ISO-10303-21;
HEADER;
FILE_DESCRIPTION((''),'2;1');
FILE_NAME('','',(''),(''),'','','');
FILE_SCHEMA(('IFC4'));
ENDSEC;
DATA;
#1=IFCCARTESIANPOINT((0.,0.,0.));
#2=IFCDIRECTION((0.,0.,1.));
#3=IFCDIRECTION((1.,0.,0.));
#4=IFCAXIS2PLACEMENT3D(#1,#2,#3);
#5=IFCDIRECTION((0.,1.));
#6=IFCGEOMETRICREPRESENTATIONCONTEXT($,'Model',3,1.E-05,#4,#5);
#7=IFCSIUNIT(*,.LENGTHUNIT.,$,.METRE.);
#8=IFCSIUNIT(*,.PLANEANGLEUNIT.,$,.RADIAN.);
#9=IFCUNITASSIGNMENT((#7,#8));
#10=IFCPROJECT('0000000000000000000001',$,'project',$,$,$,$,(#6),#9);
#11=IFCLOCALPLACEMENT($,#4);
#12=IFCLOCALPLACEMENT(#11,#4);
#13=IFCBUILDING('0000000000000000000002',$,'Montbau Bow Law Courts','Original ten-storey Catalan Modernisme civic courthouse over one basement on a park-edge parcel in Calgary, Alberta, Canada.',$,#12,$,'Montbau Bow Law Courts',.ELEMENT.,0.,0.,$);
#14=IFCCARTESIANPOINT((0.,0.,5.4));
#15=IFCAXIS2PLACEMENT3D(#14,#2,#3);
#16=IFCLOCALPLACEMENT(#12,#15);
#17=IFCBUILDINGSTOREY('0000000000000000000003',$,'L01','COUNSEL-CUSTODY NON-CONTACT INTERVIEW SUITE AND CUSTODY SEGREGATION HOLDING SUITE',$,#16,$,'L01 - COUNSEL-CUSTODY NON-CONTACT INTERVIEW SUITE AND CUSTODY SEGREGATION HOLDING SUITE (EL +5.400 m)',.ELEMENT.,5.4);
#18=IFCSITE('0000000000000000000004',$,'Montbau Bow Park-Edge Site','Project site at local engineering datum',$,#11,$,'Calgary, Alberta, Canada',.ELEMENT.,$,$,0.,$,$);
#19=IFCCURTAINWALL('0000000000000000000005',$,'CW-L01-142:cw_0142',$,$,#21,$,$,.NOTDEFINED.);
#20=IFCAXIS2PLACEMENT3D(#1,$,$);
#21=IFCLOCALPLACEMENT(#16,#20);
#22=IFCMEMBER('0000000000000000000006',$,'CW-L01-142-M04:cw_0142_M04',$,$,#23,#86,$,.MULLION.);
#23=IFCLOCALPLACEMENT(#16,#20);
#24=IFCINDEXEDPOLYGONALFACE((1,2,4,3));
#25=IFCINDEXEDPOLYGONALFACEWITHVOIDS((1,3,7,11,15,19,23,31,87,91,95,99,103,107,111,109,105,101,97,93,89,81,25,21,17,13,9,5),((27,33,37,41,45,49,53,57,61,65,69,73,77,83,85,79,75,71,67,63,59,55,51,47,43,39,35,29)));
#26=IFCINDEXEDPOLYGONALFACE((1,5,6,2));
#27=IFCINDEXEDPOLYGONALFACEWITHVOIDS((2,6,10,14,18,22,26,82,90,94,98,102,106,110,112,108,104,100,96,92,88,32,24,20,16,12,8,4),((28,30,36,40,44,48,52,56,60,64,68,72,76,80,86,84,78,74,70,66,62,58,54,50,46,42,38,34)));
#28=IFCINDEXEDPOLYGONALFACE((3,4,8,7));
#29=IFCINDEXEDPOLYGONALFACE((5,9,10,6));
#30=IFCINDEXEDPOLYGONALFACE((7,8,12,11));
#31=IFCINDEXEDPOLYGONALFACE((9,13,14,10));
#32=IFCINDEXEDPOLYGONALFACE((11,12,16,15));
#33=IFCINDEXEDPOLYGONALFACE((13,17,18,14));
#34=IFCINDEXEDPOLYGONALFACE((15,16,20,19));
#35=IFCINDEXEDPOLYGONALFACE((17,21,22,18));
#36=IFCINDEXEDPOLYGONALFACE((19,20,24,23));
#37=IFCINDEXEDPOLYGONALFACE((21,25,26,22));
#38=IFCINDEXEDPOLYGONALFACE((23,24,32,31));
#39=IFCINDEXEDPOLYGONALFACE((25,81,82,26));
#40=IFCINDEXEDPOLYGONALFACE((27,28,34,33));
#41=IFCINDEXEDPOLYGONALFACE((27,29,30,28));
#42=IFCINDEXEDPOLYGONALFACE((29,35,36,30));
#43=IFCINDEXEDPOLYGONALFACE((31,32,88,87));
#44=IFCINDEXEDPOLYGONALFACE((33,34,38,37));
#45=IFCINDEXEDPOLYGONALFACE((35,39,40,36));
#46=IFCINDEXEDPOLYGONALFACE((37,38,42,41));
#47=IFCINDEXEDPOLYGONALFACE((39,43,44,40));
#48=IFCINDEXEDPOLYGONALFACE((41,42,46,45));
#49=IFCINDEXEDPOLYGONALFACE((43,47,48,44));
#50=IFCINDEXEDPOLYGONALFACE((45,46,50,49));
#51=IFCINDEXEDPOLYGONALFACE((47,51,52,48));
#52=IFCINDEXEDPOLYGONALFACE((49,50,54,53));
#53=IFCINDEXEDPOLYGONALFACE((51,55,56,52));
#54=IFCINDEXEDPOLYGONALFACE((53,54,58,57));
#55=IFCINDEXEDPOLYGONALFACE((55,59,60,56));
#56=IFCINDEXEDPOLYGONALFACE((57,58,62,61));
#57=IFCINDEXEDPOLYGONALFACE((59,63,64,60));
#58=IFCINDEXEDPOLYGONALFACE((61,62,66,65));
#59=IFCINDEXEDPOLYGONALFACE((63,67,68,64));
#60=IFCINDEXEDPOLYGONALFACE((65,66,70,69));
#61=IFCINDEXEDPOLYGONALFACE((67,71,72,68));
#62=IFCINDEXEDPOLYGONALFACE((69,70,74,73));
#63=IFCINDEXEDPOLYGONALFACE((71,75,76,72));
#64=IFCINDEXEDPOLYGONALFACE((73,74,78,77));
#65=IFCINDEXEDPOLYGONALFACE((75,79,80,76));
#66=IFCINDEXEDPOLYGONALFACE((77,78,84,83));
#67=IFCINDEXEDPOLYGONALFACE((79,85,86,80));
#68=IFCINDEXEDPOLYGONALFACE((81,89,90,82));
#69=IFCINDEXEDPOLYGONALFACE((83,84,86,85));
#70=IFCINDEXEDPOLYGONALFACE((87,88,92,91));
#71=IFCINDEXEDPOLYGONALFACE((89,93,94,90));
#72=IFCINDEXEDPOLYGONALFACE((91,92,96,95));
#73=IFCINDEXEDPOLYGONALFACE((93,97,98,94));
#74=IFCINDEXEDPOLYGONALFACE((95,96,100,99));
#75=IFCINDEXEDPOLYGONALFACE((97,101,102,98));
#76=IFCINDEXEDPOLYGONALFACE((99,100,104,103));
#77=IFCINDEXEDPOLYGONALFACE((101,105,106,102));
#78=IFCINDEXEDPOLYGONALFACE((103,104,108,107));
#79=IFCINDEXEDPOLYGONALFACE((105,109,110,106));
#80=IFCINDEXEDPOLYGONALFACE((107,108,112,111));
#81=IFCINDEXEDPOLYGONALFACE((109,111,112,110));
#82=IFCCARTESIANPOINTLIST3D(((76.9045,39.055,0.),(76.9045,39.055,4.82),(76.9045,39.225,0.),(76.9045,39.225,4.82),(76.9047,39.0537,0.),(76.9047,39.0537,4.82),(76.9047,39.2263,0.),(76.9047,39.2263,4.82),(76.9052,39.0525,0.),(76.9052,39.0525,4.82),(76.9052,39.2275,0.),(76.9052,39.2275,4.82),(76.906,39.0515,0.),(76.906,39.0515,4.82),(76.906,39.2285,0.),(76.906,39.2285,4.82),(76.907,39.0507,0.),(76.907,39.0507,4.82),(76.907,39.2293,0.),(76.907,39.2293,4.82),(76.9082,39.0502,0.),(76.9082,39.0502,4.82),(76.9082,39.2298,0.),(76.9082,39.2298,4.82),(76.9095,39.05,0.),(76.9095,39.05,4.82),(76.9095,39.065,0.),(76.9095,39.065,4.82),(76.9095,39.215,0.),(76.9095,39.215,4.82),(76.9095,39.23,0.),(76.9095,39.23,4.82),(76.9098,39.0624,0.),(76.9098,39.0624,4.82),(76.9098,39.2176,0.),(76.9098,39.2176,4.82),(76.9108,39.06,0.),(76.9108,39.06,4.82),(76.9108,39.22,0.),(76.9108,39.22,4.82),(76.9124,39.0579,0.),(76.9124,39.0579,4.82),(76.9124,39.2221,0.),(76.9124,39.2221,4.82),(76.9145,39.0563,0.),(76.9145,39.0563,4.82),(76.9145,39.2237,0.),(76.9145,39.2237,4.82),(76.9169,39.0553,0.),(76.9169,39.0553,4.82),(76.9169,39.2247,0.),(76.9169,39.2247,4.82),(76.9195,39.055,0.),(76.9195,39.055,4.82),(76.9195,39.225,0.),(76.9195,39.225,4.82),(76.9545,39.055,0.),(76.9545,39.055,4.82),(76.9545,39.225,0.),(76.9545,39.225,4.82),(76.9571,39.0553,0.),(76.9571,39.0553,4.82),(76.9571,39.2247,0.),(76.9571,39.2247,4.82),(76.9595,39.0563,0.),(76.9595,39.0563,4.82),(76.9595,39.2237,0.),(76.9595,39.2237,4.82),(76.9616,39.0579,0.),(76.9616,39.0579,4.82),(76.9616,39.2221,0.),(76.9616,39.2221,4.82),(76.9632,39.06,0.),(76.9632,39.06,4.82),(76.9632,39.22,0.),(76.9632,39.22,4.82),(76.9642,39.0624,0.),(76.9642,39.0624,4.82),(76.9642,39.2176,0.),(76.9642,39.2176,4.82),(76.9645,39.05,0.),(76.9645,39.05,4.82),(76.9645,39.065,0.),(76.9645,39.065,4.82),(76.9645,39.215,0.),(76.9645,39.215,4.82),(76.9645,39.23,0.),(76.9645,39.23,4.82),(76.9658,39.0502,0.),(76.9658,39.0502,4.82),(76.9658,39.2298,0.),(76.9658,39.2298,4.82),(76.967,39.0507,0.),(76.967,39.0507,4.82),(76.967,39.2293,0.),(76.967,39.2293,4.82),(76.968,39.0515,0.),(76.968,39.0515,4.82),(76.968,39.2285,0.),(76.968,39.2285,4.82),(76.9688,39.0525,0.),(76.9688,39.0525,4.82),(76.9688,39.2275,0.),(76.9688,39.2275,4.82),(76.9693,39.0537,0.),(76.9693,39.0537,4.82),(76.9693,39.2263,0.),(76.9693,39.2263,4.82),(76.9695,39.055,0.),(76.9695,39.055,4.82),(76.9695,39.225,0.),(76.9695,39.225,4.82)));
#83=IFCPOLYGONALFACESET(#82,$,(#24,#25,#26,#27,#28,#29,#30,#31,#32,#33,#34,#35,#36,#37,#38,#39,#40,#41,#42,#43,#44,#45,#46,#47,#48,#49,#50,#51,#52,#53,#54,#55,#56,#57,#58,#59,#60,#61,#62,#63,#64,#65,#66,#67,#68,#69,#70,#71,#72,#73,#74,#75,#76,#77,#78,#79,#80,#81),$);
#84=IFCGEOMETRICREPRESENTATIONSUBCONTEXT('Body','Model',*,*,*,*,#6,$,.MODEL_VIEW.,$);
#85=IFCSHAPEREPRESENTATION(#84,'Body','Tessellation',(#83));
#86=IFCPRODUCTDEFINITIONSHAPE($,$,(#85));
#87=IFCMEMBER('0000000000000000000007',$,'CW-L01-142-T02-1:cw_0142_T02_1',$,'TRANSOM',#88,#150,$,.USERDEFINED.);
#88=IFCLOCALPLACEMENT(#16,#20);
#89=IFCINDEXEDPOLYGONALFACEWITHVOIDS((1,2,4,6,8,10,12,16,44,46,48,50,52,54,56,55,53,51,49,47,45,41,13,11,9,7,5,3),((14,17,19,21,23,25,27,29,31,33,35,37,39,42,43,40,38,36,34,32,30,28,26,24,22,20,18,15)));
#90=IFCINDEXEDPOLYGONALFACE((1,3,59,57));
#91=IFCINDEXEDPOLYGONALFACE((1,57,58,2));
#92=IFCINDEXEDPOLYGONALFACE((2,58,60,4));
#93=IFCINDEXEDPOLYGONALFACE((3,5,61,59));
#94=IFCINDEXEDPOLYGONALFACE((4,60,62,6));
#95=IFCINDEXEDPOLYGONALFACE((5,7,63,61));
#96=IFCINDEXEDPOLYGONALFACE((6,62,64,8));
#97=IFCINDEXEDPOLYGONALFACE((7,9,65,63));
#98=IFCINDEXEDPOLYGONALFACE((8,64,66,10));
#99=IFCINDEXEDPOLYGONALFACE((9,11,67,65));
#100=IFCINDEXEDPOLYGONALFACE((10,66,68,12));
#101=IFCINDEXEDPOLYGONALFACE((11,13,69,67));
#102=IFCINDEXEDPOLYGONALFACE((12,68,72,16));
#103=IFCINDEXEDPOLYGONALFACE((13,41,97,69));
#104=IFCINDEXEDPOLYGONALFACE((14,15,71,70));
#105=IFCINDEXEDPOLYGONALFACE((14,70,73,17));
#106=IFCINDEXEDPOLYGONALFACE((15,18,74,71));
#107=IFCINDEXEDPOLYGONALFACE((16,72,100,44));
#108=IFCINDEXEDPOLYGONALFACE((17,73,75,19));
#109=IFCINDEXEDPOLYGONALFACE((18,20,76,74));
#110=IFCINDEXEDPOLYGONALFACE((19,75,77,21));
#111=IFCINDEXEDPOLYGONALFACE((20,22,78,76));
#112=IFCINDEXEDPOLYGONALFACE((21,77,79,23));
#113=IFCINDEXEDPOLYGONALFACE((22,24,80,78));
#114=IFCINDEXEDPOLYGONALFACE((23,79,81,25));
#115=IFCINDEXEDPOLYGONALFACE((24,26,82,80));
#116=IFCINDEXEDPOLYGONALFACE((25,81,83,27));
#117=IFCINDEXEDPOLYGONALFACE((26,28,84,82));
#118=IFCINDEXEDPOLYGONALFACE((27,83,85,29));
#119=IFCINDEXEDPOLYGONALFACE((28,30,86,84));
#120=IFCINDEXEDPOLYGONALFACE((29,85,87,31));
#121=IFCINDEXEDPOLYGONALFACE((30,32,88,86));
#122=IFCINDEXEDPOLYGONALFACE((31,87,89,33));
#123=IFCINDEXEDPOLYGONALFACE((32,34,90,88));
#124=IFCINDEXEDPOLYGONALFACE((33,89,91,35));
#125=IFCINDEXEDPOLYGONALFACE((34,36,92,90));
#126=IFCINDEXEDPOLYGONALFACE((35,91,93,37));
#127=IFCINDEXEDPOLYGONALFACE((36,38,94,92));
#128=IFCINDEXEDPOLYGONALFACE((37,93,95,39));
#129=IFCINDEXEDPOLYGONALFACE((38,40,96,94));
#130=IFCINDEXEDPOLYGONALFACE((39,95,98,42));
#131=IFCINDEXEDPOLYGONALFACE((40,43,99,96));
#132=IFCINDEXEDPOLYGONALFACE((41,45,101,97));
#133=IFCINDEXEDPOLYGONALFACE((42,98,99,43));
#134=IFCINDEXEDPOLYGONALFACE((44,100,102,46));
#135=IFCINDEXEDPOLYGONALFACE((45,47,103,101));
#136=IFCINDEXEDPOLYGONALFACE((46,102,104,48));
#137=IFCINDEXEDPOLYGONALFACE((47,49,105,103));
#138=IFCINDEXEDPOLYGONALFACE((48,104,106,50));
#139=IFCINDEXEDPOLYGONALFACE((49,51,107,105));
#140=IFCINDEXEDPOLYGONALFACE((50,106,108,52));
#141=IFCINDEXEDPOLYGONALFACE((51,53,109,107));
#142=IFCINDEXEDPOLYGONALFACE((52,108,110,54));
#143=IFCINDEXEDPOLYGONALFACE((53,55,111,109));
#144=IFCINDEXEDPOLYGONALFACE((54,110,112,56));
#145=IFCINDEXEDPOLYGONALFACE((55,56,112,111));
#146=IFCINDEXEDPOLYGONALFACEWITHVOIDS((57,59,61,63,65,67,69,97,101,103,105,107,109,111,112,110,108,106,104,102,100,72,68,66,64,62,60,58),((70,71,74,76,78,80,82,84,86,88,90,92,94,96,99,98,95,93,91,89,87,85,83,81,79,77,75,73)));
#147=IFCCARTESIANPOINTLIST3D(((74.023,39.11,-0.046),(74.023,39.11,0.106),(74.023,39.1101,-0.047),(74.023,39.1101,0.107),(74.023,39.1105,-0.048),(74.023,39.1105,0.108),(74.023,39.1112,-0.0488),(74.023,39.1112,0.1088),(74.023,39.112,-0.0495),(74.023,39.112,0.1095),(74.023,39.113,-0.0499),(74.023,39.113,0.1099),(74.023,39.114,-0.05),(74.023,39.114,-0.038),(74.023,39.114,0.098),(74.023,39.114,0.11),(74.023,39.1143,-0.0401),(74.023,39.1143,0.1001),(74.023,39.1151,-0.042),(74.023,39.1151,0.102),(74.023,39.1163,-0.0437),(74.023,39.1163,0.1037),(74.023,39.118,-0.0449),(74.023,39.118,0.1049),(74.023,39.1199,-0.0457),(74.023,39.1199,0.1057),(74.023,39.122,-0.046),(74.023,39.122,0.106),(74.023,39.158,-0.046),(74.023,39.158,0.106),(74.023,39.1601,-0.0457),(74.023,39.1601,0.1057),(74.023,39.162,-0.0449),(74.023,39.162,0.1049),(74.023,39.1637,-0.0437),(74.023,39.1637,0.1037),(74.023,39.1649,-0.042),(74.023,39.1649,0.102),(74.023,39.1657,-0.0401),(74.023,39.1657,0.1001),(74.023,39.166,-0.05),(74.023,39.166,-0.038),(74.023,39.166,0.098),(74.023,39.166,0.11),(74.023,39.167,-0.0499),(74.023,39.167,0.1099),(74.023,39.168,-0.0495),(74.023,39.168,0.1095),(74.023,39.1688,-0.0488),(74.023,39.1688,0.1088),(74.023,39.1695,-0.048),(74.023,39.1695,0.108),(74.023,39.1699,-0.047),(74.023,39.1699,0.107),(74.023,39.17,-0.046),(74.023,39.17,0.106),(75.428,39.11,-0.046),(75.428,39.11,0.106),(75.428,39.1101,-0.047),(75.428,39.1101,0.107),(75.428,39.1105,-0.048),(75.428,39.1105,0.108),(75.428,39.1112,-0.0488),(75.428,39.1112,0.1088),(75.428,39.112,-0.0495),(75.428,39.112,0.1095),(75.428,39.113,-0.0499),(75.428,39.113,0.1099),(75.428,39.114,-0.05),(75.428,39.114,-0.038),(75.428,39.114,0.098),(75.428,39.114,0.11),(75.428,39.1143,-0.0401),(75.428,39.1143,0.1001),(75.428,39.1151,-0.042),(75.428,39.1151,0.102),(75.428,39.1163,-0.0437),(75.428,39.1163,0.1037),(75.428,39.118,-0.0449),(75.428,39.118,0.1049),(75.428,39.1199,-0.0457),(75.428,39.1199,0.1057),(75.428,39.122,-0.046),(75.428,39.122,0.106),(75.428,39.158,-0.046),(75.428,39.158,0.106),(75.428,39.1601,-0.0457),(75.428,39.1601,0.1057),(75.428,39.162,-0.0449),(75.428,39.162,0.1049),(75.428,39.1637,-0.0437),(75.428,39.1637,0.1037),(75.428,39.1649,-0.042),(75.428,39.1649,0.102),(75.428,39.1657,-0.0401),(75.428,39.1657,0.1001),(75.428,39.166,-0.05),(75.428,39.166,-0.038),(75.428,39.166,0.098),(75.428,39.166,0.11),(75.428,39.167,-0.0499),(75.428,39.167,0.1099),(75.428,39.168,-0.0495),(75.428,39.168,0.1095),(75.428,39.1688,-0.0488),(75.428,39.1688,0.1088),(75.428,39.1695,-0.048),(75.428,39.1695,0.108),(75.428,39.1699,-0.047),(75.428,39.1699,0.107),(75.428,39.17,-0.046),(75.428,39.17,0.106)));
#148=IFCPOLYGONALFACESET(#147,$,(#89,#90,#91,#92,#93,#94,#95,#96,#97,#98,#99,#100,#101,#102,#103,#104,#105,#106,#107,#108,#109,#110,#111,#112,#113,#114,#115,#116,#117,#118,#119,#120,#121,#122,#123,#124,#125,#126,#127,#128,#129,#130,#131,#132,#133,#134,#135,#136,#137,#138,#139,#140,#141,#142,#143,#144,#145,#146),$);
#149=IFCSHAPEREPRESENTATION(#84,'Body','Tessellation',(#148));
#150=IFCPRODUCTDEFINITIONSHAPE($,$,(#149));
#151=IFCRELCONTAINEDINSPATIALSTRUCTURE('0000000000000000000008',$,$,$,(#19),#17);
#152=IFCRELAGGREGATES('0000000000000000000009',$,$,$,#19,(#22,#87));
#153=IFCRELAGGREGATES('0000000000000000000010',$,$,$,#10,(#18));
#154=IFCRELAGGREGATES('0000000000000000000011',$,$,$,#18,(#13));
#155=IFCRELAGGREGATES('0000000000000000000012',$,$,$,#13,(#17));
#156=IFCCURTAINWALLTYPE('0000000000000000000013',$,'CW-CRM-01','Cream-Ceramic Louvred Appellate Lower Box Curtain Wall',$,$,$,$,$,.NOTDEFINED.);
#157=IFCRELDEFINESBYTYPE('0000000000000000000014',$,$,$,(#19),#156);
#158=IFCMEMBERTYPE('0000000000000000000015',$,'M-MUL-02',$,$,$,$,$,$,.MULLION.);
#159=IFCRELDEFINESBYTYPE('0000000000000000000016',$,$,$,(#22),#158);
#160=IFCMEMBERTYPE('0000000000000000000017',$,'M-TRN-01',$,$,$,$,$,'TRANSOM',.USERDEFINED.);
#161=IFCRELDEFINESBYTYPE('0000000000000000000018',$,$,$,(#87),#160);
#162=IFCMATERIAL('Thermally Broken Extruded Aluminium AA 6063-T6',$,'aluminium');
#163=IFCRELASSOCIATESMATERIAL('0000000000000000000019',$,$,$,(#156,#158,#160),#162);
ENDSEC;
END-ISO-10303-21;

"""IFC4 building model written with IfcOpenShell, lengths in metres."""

from ifc_helpers import new_model, si_unit, direction, frame, origin_with_axes, origin_2d_with_axis, place, context, subcontext, project, spatial, hollow_rectangle, extrude, material, material_profile, profile_set, type_object, element, aggregate, save


model = new_model("IFC4")

# Units and contexts
model_context = context("Model", 3, precision=1e-05, world=origin_with_axes(), true_north=direction((0.0, 1.0)))
body_context = subcontext(model_context, "Body", "Model", "MODEL_VIEW")
ifc_project = project(units=[si_unit("LENGTHUNIT", "METRE"), si_unit("PLANEANGLEUNIT", "RADIAN")], contexts=[model_context])

# Site, building, storey
site_placement = place(None, origin_with_axes())
site = spatial("IfcSite", under=ifc_project, at=site_placement, Name="Montbau Bow Park-Edge Site", Description="Project site at local engineering datum", LongName="Calgary, Alberta, Canada", CompositionType="ELEMENT", RefElevation=0.0)
building_placement = place(site_placement, origin_with_axes())
building = spatial("IfcBuilding", under=site, at=building_placement, Name="Montbau Bow Law Courts", Description="Original ten-storey Catalan Modernisme civic courthouse over one basement on a park-edge parcel in Calgary, Alberta, Canada.", LongName="Montbau Bow Law Courts", CompositionType="ELEMENT", ElevationOfRefHeight=0.0, ElevationOfTerrain=0.0)
storey_placement = place(building_placement, frame((0.0, 0.0, 5.4), z_axis=(0.0, 0.0, 1.0), x_axis=(1.0, 0.0, 0.0)))
storey = spatial("IfcBuildingStorey", under=building, at=storey_placement, Name="L01", Description="COUNSEL-CUSTODY NON-CONTACT INTERVIEW SUITE AND CUSTODY SEGREGATION HOLDING SUITE", LongName="L01 - COUNSEL-CUSTODY NON-CONTACT INTERVIEW SUITE AND CUSTODY SEGREGATION HOLDING SUITE (EL +5.400 m)", CompositionType="ELEMENT", Elevation=5.4)

# Curtain wall, members
ifc_material_1 = material(Name="Thermally Broken Extruded Aluminium AA 6063-T6", Category="aluminium")
curtain_wall_type = type_object("IfcCurtainWallType", Name="CW-CRM-01", Description="Cream-Ceramic Louvred Appellate Lower Box Curtain Wall", PredefinedType="NOTDEFINED", material=ifc_material_1)
curtain_wall_placement = place(None, frame((72.515, 39.14, 5.4), z_axis=(0.0, 0.0, 1.0), x_axis=(1.0, 0.0, 0.0)))
curtain_wall = element("IfcCurtainWall", 1, at=curtain_wall_placement, inside=storey, type_object=curtain_wall_type, Name="CW-L01-142:cw_0142", PredefinedType="NOTDEFINED")
ifc_material_profile_1 = material_profile(ifc_material_1, hollow_rectangle(XDim=0.065, YDim=0.18, WallThickness=0.005, InnerFilletRadius=0.01, OuterFilletRadius=0.005, at=origin_2d_with_axis()), Name="CWM-180X65", Category="Main", Priority=0)
ifc_profile_set_1 = profile_set([ifc_material_profile_1], Name="Thermally Broken Extruded Aluminium AA 6063-T6")
member_type_1 = type_object("IfcMemberType", Name="M-MUL-02", PredefinedType="MULLION", material=ifc_profile_set_1)
member_1_placement = place(None, frame((76.937, 39.14, 5.4), z_axis=(0.0, 0.0, 1.0), x_axis=(1.0, 0.0, 0.0)))
member_1 = element("IfcMember", 2, at=member_1_placement, type_object=member_type_1, Name="CW-L01-142-M04:cw_0142_M04", PredefinedType="MULLION", context=body_context, shape_type="SweptSolid", body=[
    extrude(hollow_rectangle(XDim=0.065, YDim=0.18, WallThickness=0.005, InnerFilletRadius=0.01, OuterFilletRadius=0.005, at=origin_2d_with_axis()), origin_with_axes(), (0.0, 0.0, 1.0), 4.82),
])
ifc_material_profile_2 = material_profile(ifc_material_1, hollow_rectangle(XDim=0.06, YDim=0.16, WallThickness=0.004, InnerFilletRadius=0.008, OuterFilletRadius=0.004, at=origin_2d_with_axis()), Name="CWT-160X60", Category="Main", Priority=0)
ifc_profile_set_2 = profile_set([ifc_material_profile_2], Name="Thermally Broken Extruded Aluminium AA 6063-T6")
member_type_2 = type_object("IfcMemberType", Name="M-TRN-01", ElementType="TRANSOM", PredefinedType="USERDEFINED", material=ifc_profile_set_2)
member_2_placement = place(None, frame((74.023, 39.14, 5.43), z_axis=(1.0, 0.0, 0.0), x_axis=(0.0, 1.0, 0.0)))
member_2 = element("IfcMember", 3, at=member_2_placement, type_object=member_type_2, Name="CW-L01-142-T02-1:cw_0142_T02_1", ObjectType="TRANSOM", PredefinedType="USERDEFINED", context=body_context, shape_type="SweptSolid", body=[
    extrude(hollow_rectangle(XDim=0.06, YDim=0.16, WallThickness=0.004, InnerFilletRadius=0.008, OuterFilletRadius=0.004, at=origin_2d_with_axis()), origin_with_axes(), (0.0, 0.0, 1.0), 1.405),
])
aggregate(curtain_wall, [member_1, member_2])

save(model, "model.ifc")
